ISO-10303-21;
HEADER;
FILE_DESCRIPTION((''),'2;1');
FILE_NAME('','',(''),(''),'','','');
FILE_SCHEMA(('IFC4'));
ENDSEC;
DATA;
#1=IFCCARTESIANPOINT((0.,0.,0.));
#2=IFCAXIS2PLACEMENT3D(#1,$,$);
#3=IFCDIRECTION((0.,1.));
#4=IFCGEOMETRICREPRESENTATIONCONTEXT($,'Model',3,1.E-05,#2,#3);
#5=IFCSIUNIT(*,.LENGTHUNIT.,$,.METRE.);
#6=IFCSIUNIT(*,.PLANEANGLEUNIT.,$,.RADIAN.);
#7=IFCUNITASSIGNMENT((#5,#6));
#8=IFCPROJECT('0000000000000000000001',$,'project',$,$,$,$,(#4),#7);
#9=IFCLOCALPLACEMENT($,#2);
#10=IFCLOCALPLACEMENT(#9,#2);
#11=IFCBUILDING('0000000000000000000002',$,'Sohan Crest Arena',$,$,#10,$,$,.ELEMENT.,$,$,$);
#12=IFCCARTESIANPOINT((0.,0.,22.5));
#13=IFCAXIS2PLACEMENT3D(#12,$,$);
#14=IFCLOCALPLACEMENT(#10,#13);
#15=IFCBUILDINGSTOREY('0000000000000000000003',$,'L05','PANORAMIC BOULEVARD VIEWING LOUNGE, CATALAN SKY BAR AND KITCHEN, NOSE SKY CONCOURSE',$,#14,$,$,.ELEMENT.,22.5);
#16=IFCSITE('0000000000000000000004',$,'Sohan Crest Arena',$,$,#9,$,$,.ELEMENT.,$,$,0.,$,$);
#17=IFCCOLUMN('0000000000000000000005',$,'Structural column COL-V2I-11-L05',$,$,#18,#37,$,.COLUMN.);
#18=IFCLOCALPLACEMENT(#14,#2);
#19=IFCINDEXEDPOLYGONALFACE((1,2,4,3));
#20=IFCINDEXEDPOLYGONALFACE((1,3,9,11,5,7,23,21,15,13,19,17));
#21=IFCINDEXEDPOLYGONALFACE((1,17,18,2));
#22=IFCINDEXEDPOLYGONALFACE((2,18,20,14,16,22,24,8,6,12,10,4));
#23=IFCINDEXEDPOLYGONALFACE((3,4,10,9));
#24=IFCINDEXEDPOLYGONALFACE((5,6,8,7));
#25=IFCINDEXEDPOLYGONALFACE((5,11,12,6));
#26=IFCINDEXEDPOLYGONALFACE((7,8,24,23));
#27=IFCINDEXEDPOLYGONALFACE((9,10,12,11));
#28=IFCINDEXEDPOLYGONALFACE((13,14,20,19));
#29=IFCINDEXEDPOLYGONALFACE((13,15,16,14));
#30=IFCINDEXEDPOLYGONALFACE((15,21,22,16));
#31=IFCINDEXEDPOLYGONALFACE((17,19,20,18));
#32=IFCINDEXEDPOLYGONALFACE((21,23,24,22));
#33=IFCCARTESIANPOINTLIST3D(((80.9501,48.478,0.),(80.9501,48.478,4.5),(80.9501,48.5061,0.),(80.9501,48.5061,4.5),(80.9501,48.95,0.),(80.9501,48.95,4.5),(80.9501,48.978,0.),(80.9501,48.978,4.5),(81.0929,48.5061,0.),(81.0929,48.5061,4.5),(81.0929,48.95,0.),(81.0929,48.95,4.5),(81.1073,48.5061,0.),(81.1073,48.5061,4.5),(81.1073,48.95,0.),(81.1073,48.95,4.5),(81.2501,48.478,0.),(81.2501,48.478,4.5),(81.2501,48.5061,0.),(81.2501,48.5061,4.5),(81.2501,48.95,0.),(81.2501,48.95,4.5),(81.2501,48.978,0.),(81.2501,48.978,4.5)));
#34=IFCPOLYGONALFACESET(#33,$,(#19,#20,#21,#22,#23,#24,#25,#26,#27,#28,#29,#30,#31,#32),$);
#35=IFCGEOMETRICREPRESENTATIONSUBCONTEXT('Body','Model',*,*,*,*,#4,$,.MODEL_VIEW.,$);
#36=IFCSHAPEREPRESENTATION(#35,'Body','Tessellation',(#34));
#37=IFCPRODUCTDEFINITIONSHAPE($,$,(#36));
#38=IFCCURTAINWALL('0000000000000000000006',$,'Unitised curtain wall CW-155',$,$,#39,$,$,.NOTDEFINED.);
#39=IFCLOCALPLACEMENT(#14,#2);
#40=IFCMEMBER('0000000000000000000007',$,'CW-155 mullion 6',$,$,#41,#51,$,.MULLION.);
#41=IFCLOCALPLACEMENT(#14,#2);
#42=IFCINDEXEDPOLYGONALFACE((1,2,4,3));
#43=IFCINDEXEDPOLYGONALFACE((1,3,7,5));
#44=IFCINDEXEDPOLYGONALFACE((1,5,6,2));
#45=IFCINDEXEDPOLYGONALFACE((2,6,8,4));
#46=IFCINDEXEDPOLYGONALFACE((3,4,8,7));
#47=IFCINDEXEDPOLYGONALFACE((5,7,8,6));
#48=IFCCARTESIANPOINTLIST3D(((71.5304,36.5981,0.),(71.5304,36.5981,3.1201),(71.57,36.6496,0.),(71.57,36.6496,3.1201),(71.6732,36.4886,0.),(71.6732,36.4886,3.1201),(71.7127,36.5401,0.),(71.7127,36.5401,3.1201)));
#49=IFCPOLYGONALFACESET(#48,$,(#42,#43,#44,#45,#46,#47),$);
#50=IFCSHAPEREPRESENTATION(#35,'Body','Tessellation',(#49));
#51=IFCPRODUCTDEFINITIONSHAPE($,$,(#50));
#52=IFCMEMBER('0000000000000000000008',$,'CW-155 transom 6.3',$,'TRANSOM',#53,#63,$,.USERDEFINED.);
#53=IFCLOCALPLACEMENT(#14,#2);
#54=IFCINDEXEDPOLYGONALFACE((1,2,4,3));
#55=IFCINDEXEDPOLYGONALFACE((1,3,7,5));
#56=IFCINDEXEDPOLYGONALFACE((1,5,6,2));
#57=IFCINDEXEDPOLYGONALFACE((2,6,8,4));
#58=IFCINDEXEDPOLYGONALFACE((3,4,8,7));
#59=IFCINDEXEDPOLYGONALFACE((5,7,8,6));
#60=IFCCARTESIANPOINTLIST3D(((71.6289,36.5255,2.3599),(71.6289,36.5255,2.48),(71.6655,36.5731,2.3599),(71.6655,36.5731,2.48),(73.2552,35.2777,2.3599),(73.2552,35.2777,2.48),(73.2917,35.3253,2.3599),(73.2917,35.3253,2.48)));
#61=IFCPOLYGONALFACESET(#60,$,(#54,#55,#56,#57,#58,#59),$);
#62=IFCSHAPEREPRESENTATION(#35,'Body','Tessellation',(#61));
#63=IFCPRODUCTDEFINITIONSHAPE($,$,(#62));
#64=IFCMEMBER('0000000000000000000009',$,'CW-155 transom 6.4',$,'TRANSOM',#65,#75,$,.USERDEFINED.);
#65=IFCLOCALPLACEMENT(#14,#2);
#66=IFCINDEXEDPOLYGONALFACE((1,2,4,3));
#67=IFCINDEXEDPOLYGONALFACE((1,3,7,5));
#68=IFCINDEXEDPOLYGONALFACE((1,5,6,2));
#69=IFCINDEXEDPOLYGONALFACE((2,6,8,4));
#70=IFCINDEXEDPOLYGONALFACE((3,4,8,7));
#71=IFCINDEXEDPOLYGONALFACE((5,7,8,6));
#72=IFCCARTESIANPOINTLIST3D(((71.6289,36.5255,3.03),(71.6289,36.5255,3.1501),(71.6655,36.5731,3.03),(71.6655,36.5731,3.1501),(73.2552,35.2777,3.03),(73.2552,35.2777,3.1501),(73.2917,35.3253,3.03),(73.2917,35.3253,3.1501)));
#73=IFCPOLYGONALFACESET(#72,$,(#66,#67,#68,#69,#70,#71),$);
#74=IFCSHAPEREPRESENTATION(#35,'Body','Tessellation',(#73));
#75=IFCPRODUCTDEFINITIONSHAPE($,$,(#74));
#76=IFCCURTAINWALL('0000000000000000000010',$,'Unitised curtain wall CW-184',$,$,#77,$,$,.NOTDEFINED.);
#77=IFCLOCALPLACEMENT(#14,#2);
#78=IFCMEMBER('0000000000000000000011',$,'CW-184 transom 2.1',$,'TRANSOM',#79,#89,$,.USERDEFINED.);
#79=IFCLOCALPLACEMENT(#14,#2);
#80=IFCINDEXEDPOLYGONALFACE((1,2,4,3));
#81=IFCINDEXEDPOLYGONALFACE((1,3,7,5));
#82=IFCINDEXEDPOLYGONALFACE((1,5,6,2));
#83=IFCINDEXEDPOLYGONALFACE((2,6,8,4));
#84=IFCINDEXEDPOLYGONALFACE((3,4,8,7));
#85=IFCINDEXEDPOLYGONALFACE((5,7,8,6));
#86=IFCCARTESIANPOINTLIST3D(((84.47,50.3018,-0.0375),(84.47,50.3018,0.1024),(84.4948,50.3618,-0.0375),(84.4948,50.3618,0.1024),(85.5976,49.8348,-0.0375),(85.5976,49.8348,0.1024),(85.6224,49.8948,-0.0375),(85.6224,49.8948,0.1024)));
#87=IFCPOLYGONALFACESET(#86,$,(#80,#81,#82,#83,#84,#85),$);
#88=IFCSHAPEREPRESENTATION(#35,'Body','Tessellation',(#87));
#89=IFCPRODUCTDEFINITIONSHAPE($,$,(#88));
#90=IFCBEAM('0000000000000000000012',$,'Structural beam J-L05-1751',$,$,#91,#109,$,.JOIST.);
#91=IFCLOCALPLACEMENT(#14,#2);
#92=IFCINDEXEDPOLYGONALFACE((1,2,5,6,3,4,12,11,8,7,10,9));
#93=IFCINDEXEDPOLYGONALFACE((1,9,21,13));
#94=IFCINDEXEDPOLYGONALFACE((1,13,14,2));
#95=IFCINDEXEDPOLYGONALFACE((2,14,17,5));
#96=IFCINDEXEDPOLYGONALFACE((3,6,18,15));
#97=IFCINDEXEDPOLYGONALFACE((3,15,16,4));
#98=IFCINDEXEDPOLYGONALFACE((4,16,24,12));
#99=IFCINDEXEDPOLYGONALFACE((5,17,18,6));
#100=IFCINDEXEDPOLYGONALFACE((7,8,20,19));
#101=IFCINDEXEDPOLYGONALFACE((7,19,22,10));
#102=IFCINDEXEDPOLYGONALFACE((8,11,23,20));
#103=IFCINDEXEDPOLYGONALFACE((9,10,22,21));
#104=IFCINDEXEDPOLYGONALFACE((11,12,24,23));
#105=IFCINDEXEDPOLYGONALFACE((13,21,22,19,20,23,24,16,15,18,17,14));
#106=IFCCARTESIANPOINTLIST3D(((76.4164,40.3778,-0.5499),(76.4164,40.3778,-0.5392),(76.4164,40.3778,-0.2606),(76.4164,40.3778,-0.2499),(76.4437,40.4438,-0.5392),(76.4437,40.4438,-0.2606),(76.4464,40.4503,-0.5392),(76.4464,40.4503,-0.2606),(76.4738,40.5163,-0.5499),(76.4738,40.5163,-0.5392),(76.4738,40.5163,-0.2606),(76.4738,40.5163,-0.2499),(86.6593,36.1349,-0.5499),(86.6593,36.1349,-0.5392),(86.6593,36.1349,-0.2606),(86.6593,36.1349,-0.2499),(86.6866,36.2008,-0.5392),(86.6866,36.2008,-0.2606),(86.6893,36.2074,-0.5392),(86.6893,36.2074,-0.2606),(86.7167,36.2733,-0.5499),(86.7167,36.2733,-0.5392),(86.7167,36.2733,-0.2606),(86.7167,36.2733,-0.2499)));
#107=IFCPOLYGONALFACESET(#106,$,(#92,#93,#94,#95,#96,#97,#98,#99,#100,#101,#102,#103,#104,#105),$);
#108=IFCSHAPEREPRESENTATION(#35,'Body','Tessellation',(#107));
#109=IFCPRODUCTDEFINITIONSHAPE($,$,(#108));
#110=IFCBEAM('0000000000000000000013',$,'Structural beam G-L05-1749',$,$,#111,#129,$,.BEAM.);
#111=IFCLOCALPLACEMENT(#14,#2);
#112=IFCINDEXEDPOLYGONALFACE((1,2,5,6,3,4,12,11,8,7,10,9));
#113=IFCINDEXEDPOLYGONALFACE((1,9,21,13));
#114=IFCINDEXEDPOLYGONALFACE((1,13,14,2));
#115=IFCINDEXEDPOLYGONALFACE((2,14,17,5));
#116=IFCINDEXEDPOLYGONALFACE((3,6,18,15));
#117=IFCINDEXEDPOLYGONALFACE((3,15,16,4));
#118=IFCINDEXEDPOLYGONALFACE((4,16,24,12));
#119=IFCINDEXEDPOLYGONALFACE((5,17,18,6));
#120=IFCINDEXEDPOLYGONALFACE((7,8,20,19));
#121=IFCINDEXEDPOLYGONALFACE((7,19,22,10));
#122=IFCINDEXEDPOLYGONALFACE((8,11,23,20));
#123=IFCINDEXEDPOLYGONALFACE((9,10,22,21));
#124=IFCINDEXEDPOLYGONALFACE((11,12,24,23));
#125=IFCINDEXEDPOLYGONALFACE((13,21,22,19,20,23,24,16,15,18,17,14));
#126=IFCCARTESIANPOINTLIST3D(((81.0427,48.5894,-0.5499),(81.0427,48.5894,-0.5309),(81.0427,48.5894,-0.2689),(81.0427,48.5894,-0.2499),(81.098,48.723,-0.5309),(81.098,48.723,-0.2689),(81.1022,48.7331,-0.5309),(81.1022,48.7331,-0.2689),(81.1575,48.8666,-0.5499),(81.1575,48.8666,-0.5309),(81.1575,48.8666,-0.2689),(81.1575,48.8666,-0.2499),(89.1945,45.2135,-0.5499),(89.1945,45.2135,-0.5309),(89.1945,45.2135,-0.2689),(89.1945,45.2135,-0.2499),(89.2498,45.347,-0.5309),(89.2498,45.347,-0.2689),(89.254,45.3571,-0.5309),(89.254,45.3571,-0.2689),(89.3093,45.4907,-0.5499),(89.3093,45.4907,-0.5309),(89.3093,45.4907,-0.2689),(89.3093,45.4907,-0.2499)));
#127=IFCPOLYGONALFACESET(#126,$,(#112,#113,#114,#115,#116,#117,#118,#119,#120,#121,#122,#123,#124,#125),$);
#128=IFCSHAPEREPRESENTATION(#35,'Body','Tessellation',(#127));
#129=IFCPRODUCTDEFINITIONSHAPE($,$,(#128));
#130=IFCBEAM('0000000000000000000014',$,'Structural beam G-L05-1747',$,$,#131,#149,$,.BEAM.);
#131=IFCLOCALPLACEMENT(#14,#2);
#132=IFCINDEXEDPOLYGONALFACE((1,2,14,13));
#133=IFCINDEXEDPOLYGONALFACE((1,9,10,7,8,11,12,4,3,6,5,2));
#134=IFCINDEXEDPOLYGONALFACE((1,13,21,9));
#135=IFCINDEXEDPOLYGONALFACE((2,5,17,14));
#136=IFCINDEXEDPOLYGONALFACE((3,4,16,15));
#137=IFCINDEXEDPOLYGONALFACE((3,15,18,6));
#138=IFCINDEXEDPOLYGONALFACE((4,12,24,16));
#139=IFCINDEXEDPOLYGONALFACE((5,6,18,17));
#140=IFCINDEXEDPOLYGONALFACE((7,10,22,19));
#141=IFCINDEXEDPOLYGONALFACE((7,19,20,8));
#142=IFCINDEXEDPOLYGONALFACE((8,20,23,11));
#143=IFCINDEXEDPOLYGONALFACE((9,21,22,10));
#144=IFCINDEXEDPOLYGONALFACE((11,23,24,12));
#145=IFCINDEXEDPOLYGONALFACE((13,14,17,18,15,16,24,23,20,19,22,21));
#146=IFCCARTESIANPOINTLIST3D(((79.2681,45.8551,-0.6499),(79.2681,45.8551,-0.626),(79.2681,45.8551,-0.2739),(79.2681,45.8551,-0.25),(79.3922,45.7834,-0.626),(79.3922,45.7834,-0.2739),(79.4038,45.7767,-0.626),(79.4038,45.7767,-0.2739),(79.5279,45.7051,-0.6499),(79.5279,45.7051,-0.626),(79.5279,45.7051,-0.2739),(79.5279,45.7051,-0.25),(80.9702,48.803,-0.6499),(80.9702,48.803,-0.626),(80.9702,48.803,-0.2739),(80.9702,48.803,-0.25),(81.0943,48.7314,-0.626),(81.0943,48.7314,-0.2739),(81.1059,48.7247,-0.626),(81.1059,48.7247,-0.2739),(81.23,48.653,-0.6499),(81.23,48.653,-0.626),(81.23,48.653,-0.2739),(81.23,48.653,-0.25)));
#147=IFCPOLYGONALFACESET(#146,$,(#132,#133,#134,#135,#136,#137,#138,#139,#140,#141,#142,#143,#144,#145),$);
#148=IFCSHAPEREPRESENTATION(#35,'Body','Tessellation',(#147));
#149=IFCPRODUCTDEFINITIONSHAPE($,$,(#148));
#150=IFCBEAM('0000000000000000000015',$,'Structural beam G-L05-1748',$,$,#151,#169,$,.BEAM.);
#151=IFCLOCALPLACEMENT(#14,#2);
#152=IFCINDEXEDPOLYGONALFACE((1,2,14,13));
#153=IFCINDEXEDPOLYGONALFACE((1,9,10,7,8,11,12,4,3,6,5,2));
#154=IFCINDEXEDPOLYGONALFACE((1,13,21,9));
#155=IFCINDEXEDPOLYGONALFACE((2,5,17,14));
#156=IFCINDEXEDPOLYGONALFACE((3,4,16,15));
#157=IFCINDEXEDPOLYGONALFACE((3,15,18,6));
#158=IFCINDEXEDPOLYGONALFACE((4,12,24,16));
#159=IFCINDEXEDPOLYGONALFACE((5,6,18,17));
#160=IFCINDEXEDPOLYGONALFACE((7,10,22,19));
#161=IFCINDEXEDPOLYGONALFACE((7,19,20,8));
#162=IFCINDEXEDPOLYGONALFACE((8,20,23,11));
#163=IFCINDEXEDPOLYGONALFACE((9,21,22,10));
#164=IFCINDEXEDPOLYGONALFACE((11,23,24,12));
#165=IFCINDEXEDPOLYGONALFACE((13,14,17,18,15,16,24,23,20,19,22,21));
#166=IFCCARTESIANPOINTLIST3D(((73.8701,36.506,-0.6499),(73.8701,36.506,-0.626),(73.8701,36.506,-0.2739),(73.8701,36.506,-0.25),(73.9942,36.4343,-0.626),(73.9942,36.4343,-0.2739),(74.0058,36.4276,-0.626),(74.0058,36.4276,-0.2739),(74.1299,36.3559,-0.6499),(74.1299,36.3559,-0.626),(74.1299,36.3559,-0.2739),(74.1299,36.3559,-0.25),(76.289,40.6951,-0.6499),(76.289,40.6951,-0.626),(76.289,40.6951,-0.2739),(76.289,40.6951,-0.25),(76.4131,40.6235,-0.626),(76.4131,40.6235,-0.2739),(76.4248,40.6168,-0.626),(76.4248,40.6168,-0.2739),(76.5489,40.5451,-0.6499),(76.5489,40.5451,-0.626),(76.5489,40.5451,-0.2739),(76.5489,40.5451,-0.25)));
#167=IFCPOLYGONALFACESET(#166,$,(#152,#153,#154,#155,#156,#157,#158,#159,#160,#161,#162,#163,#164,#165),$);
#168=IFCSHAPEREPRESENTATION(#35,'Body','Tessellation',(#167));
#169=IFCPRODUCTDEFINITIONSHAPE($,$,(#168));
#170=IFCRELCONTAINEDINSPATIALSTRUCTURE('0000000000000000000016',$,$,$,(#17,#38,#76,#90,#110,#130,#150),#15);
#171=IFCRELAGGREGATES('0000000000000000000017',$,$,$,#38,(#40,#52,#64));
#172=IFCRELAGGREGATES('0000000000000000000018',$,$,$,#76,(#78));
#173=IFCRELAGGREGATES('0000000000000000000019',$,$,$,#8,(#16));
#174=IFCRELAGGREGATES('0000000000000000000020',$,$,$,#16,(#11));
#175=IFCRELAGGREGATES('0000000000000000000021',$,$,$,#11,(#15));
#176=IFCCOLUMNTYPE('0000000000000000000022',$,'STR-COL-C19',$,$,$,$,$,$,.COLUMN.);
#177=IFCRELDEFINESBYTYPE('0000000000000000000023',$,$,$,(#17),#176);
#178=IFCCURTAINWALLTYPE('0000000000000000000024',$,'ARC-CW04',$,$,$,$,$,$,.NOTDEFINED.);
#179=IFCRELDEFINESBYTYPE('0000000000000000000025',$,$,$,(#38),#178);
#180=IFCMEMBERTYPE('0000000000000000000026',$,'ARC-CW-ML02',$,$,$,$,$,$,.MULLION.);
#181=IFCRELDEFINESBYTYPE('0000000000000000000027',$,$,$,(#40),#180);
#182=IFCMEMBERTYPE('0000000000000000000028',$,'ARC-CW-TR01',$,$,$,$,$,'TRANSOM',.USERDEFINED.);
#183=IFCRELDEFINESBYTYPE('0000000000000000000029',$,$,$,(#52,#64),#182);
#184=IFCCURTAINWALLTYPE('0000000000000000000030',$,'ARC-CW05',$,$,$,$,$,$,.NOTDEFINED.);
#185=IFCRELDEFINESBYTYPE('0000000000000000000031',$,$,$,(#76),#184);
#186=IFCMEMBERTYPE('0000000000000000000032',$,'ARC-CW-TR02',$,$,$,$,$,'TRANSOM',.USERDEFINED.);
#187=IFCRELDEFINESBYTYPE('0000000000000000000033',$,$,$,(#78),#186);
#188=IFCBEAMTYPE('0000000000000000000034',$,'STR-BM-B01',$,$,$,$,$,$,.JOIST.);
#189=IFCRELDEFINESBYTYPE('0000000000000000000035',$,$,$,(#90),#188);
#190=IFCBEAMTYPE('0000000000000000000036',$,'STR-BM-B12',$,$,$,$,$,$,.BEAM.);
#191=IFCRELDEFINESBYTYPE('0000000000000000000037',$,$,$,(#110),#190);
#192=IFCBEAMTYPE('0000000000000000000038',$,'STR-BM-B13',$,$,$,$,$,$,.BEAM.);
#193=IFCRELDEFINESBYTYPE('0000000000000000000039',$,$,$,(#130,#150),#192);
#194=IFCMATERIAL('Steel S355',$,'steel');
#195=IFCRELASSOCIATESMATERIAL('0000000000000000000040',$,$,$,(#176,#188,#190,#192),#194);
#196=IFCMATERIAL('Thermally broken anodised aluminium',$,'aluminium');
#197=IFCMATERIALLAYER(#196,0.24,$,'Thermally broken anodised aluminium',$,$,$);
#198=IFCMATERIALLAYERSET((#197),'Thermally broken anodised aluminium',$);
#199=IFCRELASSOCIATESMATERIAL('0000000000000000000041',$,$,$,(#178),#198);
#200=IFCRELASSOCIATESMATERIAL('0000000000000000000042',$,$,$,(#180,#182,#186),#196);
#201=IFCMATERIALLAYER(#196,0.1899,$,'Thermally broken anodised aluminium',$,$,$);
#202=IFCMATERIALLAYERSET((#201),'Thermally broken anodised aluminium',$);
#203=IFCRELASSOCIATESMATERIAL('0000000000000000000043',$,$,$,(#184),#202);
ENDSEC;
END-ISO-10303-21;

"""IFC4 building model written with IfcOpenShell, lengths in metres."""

from ifc_helpers import new_model, si_unit, direction, frame, origin, origin_2d, place, context, subcontext, project, spatial, rectangle, i_section, extrude, material, layer, layer_set, material_profile, profile_set, type_object, element, aggregate, save


model = new_model("IFC4")

# Units and contexts
model_context = context("Model", 3, precision=1e-05, world=origin(), true_north=direction((0.0, 1.0)))
body_context = subcontext(model_context, "Body", "Model", "MODEL_VIEW")
ifc_project = project(units=[si_unit("LENGTHUNIT", "METRE"), si_unit("PLANEANGLEUNIT", "RADIAN")], contexts=[model_context])

# Site, building, storey
site_placement = place(None, origin())
site = spatial("IfcSite", under=ifc_project, at=site_placement, Name="Sohan Crest Arena", CompositionType="ELEMENT", RefElevation=0.0)
building_placement = place(site_placement, origin())
building = spatial("IfcBuilding", under=site, at=building_placement, Name="Sohan Crest Arena", CompositionType="ELEMENT")
storey_placement = place(building_placement, frame((0.0, 0.0, 22.5)))
storey = spatial("IfcBuildingStorey", under=building, at=storey_placement, Name="L05", Description="PANORAMIC BOULEVARD VIEWING LOUNGE, CATALAN SKY BAR AND KITCHEN, NOSE SKY CONCOURSE", CompositionType="ELEMENT", Elevation=22.5)

# Column
ifc_material_1 = material(Name="Steel S355", Category="steel")
ifc_material_profile_1 = material_profile(ifc_material_1, i_section(OverallWidth=0.3, OverallDepth=0.5, WebThickness=0.0144, FlangeThickness=0.0281, at=origin_2d()), Name="HEB 500")
ifc_profile_set_1 = profile_set([ifc_material_profile_1], Name="Steel S355")
column_type = type_object("IfcColumnType", Name="STR-COL-C19", PredefinedType="COLUMN", material=ifc_profile_set_1)
column_placement = place(storey_placement, frame((81.1001, 48.728, 0.0), z_axis=(0.0, 0.0, 1.0), x_axis=(1.0, 0.0, 0.0)))
element("IfcColumn", 1, at=column_placement, inside=storey, type_object=column_type, Name="Structural column COL-V2I-11-L05", PredefinedType="COLUMN", context=body_context, shape_type="SweptSolid", body=[
    extrude(i_section(OverallWidth=0.3, OverallDepth=0.5, WebThickness=0.0144, FlangeThickness=0.0281, at=origin_2d()), origin(), (0.0, 0.0, 1.0), 4.5),
])

# Curtain wall, members
ifc_material_2 = material(Name="Thermally broken anodised aluminium", Category="aluminium")
ifc_layer_1 = layer(ifc_material_2, 0.24, Name="Thermally broken anodised aluminium")
ifc_layer_set_1 = layer_set([ifc_layer_1], Name="Thermally broken anodised aluminium")
curtain_wall_type_1 = type_object("IfcCurtainWallType", Name="ARC-CW04", PredefinedType="NOTDEFINED", material=ifc_layer_set_1)
curtain_wall_1_placement = place(storey_placement, origin())
curtain_wall_1 = element("IfcCurtainWall", 2, at=curtain_wall_1_placement, inside=storey, type_object=curtain_wall_type_1, Name="Unitised curtain wall CW-155", PredefinedType="NOTDEFINED")
ifc_material_profile_2 = material_profile(ifc_material_2, rectangle(XDim=0.0649, YDim=0.1799, at=origin_2d()), Name="ALU-MULL 65x180")
ifc_profile_set_2 = profile_set([ifc_material_profile_2], Name="Thermally broken anodised aluminium")
member_type_1 = type_object("IfcMemberType", Name="ARC-CW-ML02", PredefinedType="MULLION", material=ifc_profile_set_2)
member_1_placement = place(storey_placement, frame((71.6216, 36.5691, 0.0), z_axis=(0.0, 0.0, 1.0), x_axis=(0.60872, 0.793385, 0.0)))
member_1 = element("IfcMember", 3, at=member_1_placement, type_object=member_type_1, Name="CW-155 mullion 6", PredefinedType="MULLION", context=body_context, shape_type="SweptSolid", body=[
    extrude(rectangle(XDim=0.0649, YDim=0.1799, at=origin_2d()), origin(), (0.0, 0.0, 1.0), 3.1201),
])
ifc_material_profile_3 = material_profile(ifc_material_2, rectangle(XDim=0.0601, YDim=0.1201, at=origin_2d()), Name="ALU-TRAN 60x120")
ifc_profile_set_3 = profile_set([ifc_material_profile_3], Name="Thermally broken anodised aluminium")
member_type_2 = type_object("IfcMemberType", Name="ARC-CW-TR01", ElementType="TRANSOM", PredefinedType="USERDEFINED", material=ifc_profile_set_3)
member_2_placement = place(storey_placement, frame((71.6472, 36.5493, 2.4199), z_axis=(0.793363, -0.608749, 0.0), x_axis=(0.608749, 0.793363, 0.0)))
member_2 = element("IfcMember", 4, at=member_2_placement, type_object=member_type_2, Name="CW-155 transom 6.3", ObjectType="TRANSOM", PredefinedType="USERDEFINED", context=body_context, shape_type="SweptSolid", body=[
    extrude(rectangle(XDim=0.0601, YDim=0.1201, at=origin_2d()), origin(), (0.0, 0.0, 1.0), 2.0498),
])
member_3_placement = place(storey_placement, frame((71.6472, 36.5493, 3.0901), z_axis=(0.793363, -0.608749, 0.0), x_axis=(0.608749, 0.793363, 0.0)))
member_3 = element("IfcMember", 5, at=member_3_placement, type_object=member_type_2, Name="CW-155 transom 6.4", ObjectType="TRANSOM", PredefinedType="USERDEFINED", context=body_context, shape_type="SweptSolid", body=[
    extrude(rectangle(XDim=0.0601, YDim=0.1201, at=origin_2d()), origin(), (0.0, 0.0, 1.0), 2.0498),
])

# Curtain wall, member
ifc_layer_2 = layer(ifc_material_2, 0.1899, Name="Thermally broken anodised aluminium")
ifc_layer_set_2 = layer_set([ifc_layer_2], Name="Thermally broken anodised aluminium")
curtain_wall_type_2 = type_object("IfcCurtainWallType", Name="ARC-CW05", PredefinedType="NOTDEFINED", material=ifc_layer_set_2)
curtain_wall_2_placement = place(storey_placement, origin())
curtain_wall_2 = element("IfcCurtainWall", 6, at=curtain_wall_2_placement, inside=storey, type_object=curtain_wall_type_2, Name="Unitised curtain wall CW-184", PredefinedType="NOTDEFINED")
ifc_material_profile_4 = material_profile(ifc_material_2, rectangle(XDim=0.0649, YDim=0.1399, at=origin_2d()), Name="ALU-TRAN 65x140")
ifc_profile_set_4 = profile_set([ifc_material_profile_4], Name="Thermally broken anodised aluminium")
member_type_3 = type_object("IfcMemberType", Name="ARC-CW-TR02", ElementType="TRANSOM", PredefinedType="USERDEFINED", material=ifc_profile_set_4)
member_4_placement = place(storey_placement, frame((84.4824, 50.3318, 0.0325), z_axis=(0.923897, -0.38264, 0.0), x_axis=(0.38264, 0.923897, 0.0)))
member_4 = element("IfcMember", 7, at=member_4_placement, type_object=member_type_3, Name="CW-184 transom 2.1", ObjectType="TRANSOM", PredefinedType="USERDEFINED", context=body_context, shape_type="SweptSolid", body=[
    extrude(rectangle(XDim=0.0649, YDim=0.1399, at=origin_2d()), origin(), (0.0, 0.0, 1.0), 1.2205),
])

# Beams
ifc_material_profile_5 = material_profile(ifc_material_1, i_section(OverallWidth=0.1499, OverallDepth=0.3, WebThickness=0.0071, FlangeThickness=0.0107, at=origin_2d()), Name="IPE 300")
ifc_profile_set_5 = profile_set([ifc_material_profile_5], Name="Steel S355")
beam_type_1 = type_object("IfcBeamType", Name="STR-BM-B01", PredefinedType="JOIST", material=ifc_profile_set_5)
beam_1_placement = place(storey_placement, frame((76.4451, 40.447, -0.3999), z_axis=(0.923874, -0.382696, 0.0), x_axis=(0.382696, 0.923874, 0.0)))
element("IfcBeam", 8, at=beam_1_placement, inside=storey, type_object=beam_type_1, Name="Structural beam J-L05-1751", PredefinedType="JOIST", context=body_context, shape_type="SweptSolid", body=[
    extrude(i_section(OverallWidth=0.1499, OverallDepth=0.3, WebThickness=0.0071, FlangeThickness=0.0107, at=origin_2d()), origin(), (0.0, 0.0, 1.0), 11.0869),
])
ifc_material_profile_6 = material_profile(ifc_material_1, i_section(OverallWidth=0.3, OverallDepth=0.3, WebThickness=0.011, FlangeThickness=0.019, at=origin_2d()), Name="HEB 300")
ifc_profile_set_6 = profile_set([ifc_material_profile_6], Name="Steel S355")
beam_type_2 = type_object("IfcBeamType", Name="STR-BM-B12", PredefinedType="BEAM", material=ifc_profile_set_6)
beam_2_placement = place(storey_placement, frame((81.1001, 48.728, -0.3999), z_axis=(0.923905, -0.382622, 0.0), x_axis=(0.382622, 0.923905, 0.0)))
element("IfcBeam", 9, at=beam_2_placement, inside=storey, type_object=beam_type_2, Name="Structural beam G-L05-1749", PredefinedType="BEAM", context=body_context, shape_type="SweptSolid", body=[
    extrude(i_section(OverallWidth=0.3, OverallDepth=0.3, WebThickness=0.011, FlangeThickness=0.019, at=origin_2d()), origin(), (0.0, 0.0, 1.0), 8.8232),
])
ifc_material_profile_7 = material_profile(ifc_material_1, i_section(OverallWidth=0.3, OverallDepth=0.3999, WebThickness=0.0134, FlangeThickness=0.0239, at=origin_2d()), Name="HEB 400")
ifc_profile_set_7 = profile_set([ifc_material_profile_7], Name="Steel S355")
beam_type_3 = type_object("IfcBeamType", Name="STR-BM-B13", PredefinedType="BEAM", material=ifc_profile_set_7)
beam_3_placement = place(storey_placement, frame((81.1001, 48.728, -0.45), z_axis=(-0.500027, -0.86601, 0.0), x_axis=(0.86601, -0.500027, 0.0)))
element("IfcBeam", 10, at=beam_3_placement, inside=storey, type_object=beam_type_3, Name="Structural beam G-L05-1747", PredefinedType="BEAM", context=body_context, shape_type="SweptSolid", body=[
    extrude(i_section(OverallWidth=0.3, OverallDepth=0.3999, WebThickness=0.0134, FlangeThickness=0.0239, at=origin_2d()), origin(), (0.0, 0.0, 1.0), 3.4041),
])
beam_4_placement = place(storey_placement, frame((76.4189, 40.6201, -0.45), z_axis=(-0.500047, -0.865998, 0.0), x_axis=(0.865998, -0.500047, 0.0)))
element("IfcBeam", 11, at=beam_4_placement, inside=storey, type_object=beam_type_3, Name="Structural beam G-L05-1748", PredefinedType="BEAM", context=body_context, shape_type="SweptSolid", body=[
    extrude(i_section(OverallWidth=0.3, OverallDepth=0.3999, WebThickness=0.0134, FlangeThickness=0.0239, at=origin_2d()), origin(), (0.0, 0.0, 1.0), 4.8374),
])

aggregate(curtain_wall_1, [member_1, member_2, member_3])
aggregate(curtain_wall_2, [member_4])

save(model, "model.ifc")
